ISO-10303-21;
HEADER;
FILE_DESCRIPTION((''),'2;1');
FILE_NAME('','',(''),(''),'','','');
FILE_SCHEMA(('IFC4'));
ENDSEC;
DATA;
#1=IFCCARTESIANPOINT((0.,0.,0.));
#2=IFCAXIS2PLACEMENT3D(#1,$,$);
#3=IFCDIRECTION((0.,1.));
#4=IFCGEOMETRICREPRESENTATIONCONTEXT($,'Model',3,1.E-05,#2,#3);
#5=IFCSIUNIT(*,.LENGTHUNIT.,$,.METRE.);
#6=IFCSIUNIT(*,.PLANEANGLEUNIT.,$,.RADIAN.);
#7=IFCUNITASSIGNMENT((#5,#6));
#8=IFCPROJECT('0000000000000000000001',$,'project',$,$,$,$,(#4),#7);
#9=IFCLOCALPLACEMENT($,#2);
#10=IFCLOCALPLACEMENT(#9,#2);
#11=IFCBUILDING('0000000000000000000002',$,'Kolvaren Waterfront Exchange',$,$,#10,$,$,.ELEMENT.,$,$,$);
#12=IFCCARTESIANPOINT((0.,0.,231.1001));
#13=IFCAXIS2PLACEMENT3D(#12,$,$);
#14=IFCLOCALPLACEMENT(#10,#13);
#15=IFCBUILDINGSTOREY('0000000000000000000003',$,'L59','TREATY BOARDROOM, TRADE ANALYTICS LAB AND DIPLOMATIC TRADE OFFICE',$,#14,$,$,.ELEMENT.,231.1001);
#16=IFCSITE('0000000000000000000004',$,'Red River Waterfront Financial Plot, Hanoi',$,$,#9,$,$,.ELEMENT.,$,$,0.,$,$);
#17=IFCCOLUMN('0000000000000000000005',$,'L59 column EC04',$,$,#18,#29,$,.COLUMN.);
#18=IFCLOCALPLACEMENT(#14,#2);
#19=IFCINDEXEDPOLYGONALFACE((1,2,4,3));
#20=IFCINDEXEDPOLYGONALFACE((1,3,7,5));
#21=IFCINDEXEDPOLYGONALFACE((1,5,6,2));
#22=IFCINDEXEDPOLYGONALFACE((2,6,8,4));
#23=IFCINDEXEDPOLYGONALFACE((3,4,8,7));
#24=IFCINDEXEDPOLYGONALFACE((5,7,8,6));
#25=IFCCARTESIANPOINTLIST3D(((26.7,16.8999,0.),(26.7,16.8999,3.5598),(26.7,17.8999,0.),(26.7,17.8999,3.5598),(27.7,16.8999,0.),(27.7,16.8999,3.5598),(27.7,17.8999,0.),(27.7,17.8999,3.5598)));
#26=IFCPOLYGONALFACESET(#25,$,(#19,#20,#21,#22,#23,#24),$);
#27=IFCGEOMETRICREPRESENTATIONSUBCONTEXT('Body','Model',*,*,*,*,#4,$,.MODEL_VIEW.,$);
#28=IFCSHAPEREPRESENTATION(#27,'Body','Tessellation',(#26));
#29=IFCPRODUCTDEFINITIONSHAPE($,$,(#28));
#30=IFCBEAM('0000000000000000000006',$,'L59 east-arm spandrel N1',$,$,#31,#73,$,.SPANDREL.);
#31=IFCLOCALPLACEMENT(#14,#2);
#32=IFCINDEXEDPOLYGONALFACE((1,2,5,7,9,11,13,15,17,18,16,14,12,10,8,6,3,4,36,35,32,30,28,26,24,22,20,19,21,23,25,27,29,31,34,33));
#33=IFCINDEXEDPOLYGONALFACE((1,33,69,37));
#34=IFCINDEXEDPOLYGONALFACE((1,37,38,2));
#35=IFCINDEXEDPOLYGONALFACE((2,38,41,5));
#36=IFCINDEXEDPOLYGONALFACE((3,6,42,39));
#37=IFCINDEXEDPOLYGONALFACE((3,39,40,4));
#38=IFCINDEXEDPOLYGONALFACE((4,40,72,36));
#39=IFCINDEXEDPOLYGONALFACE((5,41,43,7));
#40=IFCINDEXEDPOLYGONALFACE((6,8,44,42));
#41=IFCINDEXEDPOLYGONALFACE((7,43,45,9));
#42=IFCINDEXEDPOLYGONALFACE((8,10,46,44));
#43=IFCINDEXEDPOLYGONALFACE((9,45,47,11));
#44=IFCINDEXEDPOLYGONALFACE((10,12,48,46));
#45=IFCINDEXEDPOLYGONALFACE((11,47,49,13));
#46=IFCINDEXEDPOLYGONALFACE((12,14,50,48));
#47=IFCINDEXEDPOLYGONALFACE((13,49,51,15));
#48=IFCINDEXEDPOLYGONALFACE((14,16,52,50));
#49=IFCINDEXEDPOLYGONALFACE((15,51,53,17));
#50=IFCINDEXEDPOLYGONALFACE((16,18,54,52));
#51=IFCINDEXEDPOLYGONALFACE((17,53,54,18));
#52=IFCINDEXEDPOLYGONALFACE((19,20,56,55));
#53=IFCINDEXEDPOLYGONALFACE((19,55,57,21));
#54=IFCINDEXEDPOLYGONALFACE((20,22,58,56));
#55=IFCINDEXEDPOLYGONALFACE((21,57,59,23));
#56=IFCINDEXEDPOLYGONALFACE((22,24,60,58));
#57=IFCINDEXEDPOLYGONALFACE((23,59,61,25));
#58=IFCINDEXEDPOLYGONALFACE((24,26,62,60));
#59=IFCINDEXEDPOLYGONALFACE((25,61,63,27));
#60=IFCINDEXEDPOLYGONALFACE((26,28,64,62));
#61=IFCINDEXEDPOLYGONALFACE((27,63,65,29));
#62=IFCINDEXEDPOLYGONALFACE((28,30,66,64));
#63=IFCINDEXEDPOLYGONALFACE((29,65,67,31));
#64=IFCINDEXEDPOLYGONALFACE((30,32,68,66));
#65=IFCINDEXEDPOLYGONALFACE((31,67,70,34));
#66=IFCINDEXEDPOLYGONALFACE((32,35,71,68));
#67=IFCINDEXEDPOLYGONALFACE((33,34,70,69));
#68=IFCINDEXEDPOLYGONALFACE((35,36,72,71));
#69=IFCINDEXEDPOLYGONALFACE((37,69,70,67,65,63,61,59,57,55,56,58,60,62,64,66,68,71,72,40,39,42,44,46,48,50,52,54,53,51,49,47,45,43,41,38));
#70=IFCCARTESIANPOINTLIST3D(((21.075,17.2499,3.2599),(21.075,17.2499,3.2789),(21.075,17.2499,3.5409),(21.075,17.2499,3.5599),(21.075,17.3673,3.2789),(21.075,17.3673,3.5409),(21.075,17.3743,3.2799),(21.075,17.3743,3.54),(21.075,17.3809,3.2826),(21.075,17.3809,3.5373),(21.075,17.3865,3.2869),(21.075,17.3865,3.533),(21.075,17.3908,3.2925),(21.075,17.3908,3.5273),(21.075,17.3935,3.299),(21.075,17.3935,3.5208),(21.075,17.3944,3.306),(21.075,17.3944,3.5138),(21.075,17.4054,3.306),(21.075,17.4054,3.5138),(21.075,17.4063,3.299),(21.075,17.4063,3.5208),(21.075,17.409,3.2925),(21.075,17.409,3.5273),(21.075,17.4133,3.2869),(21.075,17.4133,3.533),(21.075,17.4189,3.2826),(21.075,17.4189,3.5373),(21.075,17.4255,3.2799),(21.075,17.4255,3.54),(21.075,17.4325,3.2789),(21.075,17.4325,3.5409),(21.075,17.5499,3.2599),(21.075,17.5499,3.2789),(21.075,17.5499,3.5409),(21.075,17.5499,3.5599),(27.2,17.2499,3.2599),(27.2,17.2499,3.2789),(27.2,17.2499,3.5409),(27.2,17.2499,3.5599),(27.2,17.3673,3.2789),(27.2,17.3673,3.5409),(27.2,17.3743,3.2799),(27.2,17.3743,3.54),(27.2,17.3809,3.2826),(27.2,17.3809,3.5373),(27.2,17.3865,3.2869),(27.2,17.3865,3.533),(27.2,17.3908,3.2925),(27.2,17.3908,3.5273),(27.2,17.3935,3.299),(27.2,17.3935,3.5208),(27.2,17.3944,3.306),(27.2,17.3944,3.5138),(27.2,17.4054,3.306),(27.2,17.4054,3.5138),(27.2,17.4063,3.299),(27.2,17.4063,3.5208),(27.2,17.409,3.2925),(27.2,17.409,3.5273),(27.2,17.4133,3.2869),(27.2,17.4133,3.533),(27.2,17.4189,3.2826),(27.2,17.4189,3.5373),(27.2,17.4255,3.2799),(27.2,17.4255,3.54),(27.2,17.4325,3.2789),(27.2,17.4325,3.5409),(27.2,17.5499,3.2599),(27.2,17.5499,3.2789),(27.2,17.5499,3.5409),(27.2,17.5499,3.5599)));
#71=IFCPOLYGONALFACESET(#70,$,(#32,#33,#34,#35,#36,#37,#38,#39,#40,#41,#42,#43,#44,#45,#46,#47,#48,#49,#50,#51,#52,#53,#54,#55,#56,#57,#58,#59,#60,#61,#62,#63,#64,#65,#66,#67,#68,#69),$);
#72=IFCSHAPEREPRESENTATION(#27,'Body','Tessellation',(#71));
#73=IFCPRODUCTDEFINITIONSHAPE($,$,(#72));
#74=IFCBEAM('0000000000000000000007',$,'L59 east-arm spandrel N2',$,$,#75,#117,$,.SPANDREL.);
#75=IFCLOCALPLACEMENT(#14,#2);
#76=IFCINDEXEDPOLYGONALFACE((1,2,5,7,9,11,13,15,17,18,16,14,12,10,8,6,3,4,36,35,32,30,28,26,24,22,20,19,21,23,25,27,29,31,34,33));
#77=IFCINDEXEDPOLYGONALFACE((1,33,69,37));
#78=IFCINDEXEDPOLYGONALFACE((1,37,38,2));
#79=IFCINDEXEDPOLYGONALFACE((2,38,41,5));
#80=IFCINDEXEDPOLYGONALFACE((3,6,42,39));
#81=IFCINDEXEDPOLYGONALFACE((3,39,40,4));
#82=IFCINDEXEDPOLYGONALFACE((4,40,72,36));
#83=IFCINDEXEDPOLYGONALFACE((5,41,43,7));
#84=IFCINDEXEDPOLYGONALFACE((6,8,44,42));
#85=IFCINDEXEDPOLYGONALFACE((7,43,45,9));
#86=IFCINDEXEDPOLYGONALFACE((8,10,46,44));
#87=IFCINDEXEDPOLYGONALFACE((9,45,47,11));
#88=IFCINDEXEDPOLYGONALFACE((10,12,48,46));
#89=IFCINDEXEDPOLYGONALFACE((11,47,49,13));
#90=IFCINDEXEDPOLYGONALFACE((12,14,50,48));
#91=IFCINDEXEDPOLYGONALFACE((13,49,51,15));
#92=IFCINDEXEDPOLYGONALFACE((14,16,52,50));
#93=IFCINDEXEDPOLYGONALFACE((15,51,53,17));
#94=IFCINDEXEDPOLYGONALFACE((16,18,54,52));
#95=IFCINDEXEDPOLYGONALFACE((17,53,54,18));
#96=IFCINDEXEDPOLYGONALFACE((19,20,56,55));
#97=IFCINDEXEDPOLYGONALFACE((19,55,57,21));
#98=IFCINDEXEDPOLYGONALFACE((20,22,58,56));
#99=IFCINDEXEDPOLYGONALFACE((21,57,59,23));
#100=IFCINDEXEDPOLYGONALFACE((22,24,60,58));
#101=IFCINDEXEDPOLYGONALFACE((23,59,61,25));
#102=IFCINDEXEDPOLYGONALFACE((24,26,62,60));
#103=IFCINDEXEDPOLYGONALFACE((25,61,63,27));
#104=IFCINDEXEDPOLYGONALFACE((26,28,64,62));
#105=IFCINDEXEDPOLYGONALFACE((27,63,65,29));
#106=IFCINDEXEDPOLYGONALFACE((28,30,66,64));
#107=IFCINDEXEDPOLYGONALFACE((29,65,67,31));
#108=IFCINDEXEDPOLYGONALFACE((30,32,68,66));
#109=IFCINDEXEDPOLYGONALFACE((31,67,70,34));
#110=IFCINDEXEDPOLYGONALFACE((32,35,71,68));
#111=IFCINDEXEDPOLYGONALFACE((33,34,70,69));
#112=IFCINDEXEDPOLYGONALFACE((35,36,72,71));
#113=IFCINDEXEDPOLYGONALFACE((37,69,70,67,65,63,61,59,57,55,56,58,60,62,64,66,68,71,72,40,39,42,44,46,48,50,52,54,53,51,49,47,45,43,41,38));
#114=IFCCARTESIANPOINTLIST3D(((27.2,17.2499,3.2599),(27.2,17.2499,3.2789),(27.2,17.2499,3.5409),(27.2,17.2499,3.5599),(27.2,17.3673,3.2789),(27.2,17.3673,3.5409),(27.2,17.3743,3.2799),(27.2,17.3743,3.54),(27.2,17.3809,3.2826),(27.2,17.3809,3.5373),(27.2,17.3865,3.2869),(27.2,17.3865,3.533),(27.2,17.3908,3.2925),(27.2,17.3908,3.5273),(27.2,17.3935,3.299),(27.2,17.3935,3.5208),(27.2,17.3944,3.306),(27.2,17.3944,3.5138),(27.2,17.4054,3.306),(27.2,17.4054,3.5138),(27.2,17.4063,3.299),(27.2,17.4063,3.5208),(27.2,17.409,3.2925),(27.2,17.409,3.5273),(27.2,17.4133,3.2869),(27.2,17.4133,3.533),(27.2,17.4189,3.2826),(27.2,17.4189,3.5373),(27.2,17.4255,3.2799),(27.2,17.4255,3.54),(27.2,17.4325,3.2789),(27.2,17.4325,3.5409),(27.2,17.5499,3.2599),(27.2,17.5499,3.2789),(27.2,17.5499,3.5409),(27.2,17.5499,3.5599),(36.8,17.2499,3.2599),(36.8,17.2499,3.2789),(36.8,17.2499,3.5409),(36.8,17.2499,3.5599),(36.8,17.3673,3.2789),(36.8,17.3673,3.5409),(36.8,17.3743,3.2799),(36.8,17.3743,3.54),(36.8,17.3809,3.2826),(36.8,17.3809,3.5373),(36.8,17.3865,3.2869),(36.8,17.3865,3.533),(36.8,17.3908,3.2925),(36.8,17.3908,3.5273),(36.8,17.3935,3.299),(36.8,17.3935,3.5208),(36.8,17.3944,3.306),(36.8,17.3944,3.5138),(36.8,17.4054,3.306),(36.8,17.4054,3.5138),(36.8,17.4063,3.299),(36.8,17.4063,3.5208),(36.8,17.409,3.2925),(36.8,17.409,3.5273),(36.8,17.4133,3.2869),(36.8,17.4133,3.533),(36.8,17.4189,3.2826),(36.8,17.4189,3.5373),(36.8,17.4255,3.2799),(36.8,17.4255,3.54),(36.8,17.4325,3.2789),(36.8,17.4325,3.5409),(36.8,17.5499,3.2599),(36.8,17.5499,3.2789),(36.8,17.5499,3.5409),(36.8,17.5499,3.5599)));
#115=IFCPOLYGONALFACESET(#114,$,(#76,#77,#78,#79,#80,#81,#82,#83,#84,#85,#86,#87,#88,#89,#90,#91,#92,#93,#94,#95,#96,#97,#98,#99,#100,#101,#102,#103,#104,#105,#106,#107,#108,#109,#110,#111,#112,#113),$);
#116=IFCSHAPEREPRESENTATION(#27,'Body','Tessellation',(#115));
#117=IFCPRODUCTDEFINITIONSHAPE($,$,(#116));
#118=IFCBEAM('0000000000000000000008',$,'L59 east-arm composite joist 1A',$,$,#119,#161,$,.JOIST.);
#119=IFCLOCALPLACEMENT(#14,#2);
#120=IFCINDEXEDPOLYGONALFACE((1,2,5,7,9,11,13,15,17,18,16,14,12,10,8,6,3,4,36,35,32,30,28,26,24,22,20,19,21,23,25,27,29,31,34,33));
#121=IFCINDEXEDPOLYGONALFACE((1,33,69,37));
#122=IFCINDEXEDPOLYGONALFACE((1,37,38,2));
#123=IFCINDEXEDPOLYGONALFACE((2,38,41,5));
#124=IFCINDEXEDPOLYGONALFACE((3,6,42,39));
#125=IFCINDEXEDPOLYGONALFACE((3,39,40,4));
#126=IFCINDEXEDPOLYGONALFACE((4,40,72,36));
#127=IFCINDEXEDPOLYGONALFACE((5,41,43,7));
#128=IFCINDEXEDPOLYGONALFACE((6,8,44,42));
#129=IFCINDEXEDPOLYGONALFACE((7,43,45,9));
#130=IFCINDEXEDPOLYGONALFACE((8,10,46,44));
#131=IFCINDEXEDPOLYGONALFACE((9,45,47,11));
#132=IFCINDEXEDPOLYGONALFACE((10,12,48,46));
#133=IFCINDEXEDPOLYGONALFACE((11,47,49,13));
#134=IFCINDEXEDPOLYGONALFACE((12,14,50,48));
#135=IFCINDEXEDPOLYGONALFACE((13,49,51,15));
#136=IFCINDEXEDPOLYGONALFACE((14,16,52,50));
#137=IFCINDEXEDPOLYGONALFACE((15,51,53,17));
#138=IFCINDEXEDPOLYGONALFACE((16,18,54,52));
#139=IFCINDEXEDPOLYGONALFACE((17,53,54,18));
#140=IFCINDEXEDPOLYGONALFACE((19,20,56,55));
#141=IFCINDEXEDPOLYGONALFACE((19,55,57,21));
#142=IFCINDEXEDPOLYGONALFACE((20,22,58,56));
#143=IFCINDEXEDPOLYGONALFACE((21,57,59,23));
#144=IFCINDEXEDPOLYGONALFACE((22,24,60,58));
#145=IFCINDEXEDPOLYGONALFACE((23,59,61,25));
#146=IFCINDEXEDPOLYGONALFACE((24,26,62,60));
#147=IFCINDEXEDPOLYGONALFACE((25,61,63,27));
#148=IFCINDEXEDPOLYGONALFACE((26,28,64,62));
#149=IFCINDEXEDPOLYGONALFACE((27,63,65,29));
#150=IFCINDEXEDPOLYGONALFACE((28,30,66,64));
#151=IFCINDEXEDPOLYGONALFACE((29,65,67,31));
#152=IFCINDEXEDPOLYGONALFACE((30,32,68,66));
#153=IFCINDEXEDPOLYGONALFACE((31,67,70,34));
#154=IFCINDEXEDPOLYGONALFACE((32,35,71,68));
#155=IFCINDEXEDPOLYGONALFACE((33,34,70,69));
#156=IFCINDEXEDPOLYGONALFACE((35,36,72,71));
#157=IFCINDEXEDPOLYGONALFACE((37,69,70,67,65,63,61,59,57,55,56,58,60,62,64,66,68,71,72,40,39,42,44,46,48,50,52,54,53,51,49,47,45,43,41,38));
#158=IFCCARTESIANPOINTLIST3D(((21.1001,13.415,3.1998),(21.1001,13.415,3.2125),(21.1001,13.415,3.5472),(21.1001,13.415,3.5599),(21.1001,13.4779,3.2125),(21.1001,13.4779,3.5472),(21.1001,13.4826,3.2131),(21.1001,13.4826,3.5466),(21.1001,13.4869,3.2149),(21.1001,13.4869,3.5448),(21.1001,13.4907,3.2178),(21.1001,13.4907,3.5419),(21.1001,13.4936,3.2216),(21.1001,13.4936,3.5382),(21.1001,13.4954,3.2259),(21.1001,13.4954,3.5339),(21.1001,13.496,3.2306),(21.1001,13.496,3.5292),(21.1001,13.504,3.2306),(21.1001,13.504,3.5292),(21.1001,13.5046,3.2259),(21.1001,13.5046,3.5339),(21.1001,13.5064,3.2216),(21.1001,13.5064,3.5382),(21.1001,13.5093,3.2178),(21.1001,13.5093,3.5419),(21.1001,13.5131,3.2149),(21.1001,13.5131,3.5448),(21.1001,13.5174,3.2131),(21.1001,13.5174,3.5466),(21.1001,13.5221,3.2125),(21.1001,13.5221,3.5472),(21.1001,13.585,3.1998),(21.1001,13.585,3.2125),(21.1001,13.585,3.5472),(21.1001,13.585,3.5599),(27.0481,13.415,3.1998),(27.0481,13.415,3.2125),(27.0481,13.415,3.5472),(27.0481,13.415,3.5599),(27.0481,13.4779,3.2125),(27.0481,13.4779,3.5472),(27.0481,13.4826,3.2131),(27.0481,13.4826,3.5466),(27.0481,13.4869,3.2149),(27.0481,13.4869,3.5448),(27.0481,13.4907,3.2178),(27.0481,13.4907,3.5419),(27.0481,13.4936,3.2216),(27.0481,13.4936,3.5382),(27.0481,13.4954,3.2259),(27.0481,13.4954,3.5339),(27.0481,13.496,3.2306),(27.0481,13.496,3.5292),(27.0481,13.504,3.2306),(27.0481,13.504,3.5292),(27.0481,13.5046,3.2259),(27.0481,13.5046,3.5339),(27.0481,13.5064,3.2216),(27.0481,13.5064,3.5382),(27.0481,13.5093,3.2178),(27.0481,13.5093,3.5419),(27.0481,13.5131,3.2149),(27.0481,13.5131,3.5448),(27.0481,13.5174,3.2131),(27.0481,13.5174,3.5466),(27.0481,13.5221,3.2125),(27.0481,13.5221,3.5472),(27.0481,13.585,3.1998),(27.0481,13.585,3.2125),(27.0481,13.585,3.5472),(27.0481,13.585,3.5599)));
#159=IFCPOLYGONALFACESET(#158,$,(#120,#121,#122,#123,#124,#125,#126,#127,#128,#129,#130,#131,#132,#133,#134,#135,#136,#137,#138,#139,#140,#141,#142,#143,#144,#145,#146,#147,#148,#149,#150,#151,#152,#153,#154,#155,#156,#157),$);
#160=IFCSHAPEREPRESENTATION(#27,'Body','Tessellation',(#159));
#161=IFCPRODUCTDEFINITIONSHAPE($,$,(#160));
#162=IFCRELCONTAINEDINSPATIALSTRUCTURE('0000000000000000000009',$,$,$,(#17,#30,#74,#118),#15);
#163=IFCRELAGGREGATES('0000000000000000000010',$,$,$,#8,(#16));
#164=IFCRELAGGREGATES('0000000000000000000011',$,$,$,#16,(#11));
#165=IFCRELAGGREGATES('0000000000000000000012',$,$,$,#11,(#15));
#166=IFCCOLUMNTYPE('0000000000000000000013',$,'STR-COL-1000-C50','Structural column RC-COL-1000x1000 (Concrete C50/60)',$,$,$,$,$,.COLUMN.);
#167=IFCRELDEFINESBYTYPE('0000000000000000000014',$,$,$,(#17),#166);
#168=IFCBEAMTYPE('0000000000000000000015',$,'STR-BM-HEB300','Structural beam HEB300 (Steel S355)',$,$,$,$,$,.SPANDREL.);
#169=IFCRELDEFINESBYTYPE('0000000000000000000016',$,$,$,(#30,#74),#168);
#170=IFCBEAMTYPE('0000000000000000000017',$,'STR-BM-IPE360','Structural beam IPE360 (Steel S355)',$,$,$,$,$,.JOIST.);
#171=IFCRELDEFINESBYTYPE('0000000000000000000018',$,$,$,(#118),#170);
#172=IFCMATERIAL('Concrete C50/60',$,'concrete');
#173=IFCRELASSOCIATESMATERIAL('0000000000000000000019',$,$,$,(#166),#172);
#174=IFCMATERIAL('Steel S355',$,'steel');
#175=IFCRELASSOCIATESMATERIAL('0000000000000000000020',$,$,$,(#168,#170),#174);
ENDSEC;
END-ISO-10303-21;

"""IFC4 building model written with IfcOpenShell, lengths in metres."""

from ifc_helpers import new_model, si_unit, direction, frame, origin, origin_2d, place, context, subcontext, project, spatial, rectangle, i_section, extrude, material, material_profile, profile_set, type_object, element, save


model = new_model("IFC4")

# Units and contexts
model_context = context("Model", 3, precision=1e-05, world=origin(), true_north=direction((0.0, 1.0)))
body_context = subcontext(model_context, "Body", "Model", "MODEL_VIEW")
ifc_project = project(units=[si_unit("LENGTHUNIT", "METRE"), si_unit("PLANEANGLEUNIT", "RADIAN")], contexts=[model_context])

# Site, building, storey
site_placement = place(None, origin())
site = spatial("IfcSite", under=ifc_project, at=site_placement, Name="Red River Waterfront Financial Plot, Hanoi", CompositionType="ELEMENT", RefElevation=0.0)
building_placement = place(site_placement, origin())
building = spatial("IfcBuilding", under=site, at=building_placement, Name="Kolvaren Waterfront Exchange", CompositionType="ELEMENT")
storey_placement = place(building_placement, frame((0.0, 0.0, 231.1001)))
storey = spatial("IfcBuildingStorey", under=building, at=storey_placement, Name="L59", Description="TREATY BOARDROOM, TRADE ANALYTICS LAB AND DIPLOMATIC TRADE OFFICE", CompositionType="ELEMENT", Elevation=231.1001)

# Column
ifc_material_1 = material(Name="Concrete C50/60", Category="concrete")
ifc_material_profile_1 = material_profile(ifc_material_1, rectangle(XDim=1.0, YDim=1.0, at=origin_2d()), Name="RC-COL-1000x1000")
ifc_profile_set_1 = profile_set([ifc_material_profile_1], Name="Concrete C50/60")
column_type = type_object("IfcColumnType", Name="STR-COL-1000-C50", Description="Structural column RC-COL-1000x1000 (Concrete C50/60)", PredefinedType="COLUMN", material=ifc_profile_set_1)
column_placement = place(storey_placement, frame((27.2, 17.3999, 0.0), z_axis=(0.0, 0.0, 1.0), x_axis=(1.0, 0.0, 0.0)))
element("IfcColumn", 1, at=column_placement, inside=storey, type_object=column_type, Name="L59 column EC04", PredefinedType="COLUMN", context=body_context, shape_type="SweptSolid", body=[
    extrude(rectangle(XDim=1.0, YDim=1.0, at=origin_2d()), origin(), (0.0, 0.0, 1.0), 3.5598),
])

# Beams
ifc_material_2 = material(Name="Steel S355", Category="steel")
ifc_material_profile_2 = material_profile(ifc_material_2, i_section(OverallWidth=0.3, OverallDepth=0.3, WebThickness=0.011, FlangeThickness=0.019, FilletRadius=0.0271, at=origin_2d()), Name="HEB300")
ifc_profile_set_2 = profile_set([ifc_material_profile_2], Name="Steel S355")
beam_type_1 = type_object("IfcBeamType", Name="STR-BM-HEB300", Description="Structural beam HEB300 (Steel S355)", PredefinedType="SPANDREL", material=ifc_profile_set_2)
beam_1_placement = place(storey_placement, frame((21.075, 17.3999, 3.4099), z_axis=(1.0, 0.0, 0.0), x_axis=(0.0, 1.0, 0.0)))
element("IfcBeam", 2, at=beam_1_placement, inside=storey, type_object=beam_type_1, Name="L59 east-arm spandrel N1", PredefinedType="SPANDREL", context=body_context, shape_type="SweptSolid", body=[
    extrude(i_section(OverallWidth=0.3, OverallDepth=0.3, WebThickness=0.011, FlangeThickness=0.019, FilletRadius=0.0271, at=origin_2d()), origin(), (0.0, 0.0, 1.0), 6.125),
])
beam_2_placement = place(storey_placement, frame((27.2, 17.3999, 3.4099), z_axis=(1.0, 0.0, 0.0), x_axis=(0.0, 1.0, 0.0)))
element("IfcBeam", 3, at=beam_2_placement, inside=storey, type_object=beam_type_1, Name="L59 east-arm spandrel N2", PredefinedType="SPANDREL", context=body_context, shape_type="SweptSolid", body=[
    extrude(i_section(OverallWidth=0.3, OverallDepth=0.3, WebThickness=0.011, FlangeThickness=0.019, FilletRadius=0.0271, at=origin_2d()), origin(), (0.0, 0.0, 1.0), 9.6001),
])
ifc_material_profile_3 = material_profile(ifc_material_2, i_section(OverallWidth=0.1699, OverallDepth=0.3601, WebThickness=0.0081, FlangeThickness=0.0127, FilletRadius=0.0181, at=origin_2d()), Name="IPE360")
ifc_profile_set_3 = profile_set([ifc_material_profile_3], Name="Steel S355")
beam_type_2 = type_object("IfcBeamType", Name="STR-BM-IPE360", Description="Structural beam IPE360 (Steel S355)", PredefinedType="JOIST", material=ifc_profile_set_3)
for number, where, z_axis, x_axis, name in (
    (4, (21.1001, 13.5, 3.3799), (1.0, 0.0, 0.0), (0.0, 1.0, 0.0), "L59 east-arm composite joist 1A"),
):
    element("IfcBeam", number, at=place(storey_placement, frame(where, z_axis=z_axis, x_axis=x_axis)), inside=storey, type_object=beam_type_2, Name=name, PredefinedType="JOIST", context=body_context, shape_type="SweptSolid", body=[
        extrude(i_section(OverallWidth=0.1699, OverallDepth=0.3601, WebThickness=0.0081, FlangeThickness=0.0127, FilletRadius=0.0181, at=origin_2d()), origin(), (0.0, 0.0, 1.0), 5.948),
    ])

save(model, "model.ifc")
